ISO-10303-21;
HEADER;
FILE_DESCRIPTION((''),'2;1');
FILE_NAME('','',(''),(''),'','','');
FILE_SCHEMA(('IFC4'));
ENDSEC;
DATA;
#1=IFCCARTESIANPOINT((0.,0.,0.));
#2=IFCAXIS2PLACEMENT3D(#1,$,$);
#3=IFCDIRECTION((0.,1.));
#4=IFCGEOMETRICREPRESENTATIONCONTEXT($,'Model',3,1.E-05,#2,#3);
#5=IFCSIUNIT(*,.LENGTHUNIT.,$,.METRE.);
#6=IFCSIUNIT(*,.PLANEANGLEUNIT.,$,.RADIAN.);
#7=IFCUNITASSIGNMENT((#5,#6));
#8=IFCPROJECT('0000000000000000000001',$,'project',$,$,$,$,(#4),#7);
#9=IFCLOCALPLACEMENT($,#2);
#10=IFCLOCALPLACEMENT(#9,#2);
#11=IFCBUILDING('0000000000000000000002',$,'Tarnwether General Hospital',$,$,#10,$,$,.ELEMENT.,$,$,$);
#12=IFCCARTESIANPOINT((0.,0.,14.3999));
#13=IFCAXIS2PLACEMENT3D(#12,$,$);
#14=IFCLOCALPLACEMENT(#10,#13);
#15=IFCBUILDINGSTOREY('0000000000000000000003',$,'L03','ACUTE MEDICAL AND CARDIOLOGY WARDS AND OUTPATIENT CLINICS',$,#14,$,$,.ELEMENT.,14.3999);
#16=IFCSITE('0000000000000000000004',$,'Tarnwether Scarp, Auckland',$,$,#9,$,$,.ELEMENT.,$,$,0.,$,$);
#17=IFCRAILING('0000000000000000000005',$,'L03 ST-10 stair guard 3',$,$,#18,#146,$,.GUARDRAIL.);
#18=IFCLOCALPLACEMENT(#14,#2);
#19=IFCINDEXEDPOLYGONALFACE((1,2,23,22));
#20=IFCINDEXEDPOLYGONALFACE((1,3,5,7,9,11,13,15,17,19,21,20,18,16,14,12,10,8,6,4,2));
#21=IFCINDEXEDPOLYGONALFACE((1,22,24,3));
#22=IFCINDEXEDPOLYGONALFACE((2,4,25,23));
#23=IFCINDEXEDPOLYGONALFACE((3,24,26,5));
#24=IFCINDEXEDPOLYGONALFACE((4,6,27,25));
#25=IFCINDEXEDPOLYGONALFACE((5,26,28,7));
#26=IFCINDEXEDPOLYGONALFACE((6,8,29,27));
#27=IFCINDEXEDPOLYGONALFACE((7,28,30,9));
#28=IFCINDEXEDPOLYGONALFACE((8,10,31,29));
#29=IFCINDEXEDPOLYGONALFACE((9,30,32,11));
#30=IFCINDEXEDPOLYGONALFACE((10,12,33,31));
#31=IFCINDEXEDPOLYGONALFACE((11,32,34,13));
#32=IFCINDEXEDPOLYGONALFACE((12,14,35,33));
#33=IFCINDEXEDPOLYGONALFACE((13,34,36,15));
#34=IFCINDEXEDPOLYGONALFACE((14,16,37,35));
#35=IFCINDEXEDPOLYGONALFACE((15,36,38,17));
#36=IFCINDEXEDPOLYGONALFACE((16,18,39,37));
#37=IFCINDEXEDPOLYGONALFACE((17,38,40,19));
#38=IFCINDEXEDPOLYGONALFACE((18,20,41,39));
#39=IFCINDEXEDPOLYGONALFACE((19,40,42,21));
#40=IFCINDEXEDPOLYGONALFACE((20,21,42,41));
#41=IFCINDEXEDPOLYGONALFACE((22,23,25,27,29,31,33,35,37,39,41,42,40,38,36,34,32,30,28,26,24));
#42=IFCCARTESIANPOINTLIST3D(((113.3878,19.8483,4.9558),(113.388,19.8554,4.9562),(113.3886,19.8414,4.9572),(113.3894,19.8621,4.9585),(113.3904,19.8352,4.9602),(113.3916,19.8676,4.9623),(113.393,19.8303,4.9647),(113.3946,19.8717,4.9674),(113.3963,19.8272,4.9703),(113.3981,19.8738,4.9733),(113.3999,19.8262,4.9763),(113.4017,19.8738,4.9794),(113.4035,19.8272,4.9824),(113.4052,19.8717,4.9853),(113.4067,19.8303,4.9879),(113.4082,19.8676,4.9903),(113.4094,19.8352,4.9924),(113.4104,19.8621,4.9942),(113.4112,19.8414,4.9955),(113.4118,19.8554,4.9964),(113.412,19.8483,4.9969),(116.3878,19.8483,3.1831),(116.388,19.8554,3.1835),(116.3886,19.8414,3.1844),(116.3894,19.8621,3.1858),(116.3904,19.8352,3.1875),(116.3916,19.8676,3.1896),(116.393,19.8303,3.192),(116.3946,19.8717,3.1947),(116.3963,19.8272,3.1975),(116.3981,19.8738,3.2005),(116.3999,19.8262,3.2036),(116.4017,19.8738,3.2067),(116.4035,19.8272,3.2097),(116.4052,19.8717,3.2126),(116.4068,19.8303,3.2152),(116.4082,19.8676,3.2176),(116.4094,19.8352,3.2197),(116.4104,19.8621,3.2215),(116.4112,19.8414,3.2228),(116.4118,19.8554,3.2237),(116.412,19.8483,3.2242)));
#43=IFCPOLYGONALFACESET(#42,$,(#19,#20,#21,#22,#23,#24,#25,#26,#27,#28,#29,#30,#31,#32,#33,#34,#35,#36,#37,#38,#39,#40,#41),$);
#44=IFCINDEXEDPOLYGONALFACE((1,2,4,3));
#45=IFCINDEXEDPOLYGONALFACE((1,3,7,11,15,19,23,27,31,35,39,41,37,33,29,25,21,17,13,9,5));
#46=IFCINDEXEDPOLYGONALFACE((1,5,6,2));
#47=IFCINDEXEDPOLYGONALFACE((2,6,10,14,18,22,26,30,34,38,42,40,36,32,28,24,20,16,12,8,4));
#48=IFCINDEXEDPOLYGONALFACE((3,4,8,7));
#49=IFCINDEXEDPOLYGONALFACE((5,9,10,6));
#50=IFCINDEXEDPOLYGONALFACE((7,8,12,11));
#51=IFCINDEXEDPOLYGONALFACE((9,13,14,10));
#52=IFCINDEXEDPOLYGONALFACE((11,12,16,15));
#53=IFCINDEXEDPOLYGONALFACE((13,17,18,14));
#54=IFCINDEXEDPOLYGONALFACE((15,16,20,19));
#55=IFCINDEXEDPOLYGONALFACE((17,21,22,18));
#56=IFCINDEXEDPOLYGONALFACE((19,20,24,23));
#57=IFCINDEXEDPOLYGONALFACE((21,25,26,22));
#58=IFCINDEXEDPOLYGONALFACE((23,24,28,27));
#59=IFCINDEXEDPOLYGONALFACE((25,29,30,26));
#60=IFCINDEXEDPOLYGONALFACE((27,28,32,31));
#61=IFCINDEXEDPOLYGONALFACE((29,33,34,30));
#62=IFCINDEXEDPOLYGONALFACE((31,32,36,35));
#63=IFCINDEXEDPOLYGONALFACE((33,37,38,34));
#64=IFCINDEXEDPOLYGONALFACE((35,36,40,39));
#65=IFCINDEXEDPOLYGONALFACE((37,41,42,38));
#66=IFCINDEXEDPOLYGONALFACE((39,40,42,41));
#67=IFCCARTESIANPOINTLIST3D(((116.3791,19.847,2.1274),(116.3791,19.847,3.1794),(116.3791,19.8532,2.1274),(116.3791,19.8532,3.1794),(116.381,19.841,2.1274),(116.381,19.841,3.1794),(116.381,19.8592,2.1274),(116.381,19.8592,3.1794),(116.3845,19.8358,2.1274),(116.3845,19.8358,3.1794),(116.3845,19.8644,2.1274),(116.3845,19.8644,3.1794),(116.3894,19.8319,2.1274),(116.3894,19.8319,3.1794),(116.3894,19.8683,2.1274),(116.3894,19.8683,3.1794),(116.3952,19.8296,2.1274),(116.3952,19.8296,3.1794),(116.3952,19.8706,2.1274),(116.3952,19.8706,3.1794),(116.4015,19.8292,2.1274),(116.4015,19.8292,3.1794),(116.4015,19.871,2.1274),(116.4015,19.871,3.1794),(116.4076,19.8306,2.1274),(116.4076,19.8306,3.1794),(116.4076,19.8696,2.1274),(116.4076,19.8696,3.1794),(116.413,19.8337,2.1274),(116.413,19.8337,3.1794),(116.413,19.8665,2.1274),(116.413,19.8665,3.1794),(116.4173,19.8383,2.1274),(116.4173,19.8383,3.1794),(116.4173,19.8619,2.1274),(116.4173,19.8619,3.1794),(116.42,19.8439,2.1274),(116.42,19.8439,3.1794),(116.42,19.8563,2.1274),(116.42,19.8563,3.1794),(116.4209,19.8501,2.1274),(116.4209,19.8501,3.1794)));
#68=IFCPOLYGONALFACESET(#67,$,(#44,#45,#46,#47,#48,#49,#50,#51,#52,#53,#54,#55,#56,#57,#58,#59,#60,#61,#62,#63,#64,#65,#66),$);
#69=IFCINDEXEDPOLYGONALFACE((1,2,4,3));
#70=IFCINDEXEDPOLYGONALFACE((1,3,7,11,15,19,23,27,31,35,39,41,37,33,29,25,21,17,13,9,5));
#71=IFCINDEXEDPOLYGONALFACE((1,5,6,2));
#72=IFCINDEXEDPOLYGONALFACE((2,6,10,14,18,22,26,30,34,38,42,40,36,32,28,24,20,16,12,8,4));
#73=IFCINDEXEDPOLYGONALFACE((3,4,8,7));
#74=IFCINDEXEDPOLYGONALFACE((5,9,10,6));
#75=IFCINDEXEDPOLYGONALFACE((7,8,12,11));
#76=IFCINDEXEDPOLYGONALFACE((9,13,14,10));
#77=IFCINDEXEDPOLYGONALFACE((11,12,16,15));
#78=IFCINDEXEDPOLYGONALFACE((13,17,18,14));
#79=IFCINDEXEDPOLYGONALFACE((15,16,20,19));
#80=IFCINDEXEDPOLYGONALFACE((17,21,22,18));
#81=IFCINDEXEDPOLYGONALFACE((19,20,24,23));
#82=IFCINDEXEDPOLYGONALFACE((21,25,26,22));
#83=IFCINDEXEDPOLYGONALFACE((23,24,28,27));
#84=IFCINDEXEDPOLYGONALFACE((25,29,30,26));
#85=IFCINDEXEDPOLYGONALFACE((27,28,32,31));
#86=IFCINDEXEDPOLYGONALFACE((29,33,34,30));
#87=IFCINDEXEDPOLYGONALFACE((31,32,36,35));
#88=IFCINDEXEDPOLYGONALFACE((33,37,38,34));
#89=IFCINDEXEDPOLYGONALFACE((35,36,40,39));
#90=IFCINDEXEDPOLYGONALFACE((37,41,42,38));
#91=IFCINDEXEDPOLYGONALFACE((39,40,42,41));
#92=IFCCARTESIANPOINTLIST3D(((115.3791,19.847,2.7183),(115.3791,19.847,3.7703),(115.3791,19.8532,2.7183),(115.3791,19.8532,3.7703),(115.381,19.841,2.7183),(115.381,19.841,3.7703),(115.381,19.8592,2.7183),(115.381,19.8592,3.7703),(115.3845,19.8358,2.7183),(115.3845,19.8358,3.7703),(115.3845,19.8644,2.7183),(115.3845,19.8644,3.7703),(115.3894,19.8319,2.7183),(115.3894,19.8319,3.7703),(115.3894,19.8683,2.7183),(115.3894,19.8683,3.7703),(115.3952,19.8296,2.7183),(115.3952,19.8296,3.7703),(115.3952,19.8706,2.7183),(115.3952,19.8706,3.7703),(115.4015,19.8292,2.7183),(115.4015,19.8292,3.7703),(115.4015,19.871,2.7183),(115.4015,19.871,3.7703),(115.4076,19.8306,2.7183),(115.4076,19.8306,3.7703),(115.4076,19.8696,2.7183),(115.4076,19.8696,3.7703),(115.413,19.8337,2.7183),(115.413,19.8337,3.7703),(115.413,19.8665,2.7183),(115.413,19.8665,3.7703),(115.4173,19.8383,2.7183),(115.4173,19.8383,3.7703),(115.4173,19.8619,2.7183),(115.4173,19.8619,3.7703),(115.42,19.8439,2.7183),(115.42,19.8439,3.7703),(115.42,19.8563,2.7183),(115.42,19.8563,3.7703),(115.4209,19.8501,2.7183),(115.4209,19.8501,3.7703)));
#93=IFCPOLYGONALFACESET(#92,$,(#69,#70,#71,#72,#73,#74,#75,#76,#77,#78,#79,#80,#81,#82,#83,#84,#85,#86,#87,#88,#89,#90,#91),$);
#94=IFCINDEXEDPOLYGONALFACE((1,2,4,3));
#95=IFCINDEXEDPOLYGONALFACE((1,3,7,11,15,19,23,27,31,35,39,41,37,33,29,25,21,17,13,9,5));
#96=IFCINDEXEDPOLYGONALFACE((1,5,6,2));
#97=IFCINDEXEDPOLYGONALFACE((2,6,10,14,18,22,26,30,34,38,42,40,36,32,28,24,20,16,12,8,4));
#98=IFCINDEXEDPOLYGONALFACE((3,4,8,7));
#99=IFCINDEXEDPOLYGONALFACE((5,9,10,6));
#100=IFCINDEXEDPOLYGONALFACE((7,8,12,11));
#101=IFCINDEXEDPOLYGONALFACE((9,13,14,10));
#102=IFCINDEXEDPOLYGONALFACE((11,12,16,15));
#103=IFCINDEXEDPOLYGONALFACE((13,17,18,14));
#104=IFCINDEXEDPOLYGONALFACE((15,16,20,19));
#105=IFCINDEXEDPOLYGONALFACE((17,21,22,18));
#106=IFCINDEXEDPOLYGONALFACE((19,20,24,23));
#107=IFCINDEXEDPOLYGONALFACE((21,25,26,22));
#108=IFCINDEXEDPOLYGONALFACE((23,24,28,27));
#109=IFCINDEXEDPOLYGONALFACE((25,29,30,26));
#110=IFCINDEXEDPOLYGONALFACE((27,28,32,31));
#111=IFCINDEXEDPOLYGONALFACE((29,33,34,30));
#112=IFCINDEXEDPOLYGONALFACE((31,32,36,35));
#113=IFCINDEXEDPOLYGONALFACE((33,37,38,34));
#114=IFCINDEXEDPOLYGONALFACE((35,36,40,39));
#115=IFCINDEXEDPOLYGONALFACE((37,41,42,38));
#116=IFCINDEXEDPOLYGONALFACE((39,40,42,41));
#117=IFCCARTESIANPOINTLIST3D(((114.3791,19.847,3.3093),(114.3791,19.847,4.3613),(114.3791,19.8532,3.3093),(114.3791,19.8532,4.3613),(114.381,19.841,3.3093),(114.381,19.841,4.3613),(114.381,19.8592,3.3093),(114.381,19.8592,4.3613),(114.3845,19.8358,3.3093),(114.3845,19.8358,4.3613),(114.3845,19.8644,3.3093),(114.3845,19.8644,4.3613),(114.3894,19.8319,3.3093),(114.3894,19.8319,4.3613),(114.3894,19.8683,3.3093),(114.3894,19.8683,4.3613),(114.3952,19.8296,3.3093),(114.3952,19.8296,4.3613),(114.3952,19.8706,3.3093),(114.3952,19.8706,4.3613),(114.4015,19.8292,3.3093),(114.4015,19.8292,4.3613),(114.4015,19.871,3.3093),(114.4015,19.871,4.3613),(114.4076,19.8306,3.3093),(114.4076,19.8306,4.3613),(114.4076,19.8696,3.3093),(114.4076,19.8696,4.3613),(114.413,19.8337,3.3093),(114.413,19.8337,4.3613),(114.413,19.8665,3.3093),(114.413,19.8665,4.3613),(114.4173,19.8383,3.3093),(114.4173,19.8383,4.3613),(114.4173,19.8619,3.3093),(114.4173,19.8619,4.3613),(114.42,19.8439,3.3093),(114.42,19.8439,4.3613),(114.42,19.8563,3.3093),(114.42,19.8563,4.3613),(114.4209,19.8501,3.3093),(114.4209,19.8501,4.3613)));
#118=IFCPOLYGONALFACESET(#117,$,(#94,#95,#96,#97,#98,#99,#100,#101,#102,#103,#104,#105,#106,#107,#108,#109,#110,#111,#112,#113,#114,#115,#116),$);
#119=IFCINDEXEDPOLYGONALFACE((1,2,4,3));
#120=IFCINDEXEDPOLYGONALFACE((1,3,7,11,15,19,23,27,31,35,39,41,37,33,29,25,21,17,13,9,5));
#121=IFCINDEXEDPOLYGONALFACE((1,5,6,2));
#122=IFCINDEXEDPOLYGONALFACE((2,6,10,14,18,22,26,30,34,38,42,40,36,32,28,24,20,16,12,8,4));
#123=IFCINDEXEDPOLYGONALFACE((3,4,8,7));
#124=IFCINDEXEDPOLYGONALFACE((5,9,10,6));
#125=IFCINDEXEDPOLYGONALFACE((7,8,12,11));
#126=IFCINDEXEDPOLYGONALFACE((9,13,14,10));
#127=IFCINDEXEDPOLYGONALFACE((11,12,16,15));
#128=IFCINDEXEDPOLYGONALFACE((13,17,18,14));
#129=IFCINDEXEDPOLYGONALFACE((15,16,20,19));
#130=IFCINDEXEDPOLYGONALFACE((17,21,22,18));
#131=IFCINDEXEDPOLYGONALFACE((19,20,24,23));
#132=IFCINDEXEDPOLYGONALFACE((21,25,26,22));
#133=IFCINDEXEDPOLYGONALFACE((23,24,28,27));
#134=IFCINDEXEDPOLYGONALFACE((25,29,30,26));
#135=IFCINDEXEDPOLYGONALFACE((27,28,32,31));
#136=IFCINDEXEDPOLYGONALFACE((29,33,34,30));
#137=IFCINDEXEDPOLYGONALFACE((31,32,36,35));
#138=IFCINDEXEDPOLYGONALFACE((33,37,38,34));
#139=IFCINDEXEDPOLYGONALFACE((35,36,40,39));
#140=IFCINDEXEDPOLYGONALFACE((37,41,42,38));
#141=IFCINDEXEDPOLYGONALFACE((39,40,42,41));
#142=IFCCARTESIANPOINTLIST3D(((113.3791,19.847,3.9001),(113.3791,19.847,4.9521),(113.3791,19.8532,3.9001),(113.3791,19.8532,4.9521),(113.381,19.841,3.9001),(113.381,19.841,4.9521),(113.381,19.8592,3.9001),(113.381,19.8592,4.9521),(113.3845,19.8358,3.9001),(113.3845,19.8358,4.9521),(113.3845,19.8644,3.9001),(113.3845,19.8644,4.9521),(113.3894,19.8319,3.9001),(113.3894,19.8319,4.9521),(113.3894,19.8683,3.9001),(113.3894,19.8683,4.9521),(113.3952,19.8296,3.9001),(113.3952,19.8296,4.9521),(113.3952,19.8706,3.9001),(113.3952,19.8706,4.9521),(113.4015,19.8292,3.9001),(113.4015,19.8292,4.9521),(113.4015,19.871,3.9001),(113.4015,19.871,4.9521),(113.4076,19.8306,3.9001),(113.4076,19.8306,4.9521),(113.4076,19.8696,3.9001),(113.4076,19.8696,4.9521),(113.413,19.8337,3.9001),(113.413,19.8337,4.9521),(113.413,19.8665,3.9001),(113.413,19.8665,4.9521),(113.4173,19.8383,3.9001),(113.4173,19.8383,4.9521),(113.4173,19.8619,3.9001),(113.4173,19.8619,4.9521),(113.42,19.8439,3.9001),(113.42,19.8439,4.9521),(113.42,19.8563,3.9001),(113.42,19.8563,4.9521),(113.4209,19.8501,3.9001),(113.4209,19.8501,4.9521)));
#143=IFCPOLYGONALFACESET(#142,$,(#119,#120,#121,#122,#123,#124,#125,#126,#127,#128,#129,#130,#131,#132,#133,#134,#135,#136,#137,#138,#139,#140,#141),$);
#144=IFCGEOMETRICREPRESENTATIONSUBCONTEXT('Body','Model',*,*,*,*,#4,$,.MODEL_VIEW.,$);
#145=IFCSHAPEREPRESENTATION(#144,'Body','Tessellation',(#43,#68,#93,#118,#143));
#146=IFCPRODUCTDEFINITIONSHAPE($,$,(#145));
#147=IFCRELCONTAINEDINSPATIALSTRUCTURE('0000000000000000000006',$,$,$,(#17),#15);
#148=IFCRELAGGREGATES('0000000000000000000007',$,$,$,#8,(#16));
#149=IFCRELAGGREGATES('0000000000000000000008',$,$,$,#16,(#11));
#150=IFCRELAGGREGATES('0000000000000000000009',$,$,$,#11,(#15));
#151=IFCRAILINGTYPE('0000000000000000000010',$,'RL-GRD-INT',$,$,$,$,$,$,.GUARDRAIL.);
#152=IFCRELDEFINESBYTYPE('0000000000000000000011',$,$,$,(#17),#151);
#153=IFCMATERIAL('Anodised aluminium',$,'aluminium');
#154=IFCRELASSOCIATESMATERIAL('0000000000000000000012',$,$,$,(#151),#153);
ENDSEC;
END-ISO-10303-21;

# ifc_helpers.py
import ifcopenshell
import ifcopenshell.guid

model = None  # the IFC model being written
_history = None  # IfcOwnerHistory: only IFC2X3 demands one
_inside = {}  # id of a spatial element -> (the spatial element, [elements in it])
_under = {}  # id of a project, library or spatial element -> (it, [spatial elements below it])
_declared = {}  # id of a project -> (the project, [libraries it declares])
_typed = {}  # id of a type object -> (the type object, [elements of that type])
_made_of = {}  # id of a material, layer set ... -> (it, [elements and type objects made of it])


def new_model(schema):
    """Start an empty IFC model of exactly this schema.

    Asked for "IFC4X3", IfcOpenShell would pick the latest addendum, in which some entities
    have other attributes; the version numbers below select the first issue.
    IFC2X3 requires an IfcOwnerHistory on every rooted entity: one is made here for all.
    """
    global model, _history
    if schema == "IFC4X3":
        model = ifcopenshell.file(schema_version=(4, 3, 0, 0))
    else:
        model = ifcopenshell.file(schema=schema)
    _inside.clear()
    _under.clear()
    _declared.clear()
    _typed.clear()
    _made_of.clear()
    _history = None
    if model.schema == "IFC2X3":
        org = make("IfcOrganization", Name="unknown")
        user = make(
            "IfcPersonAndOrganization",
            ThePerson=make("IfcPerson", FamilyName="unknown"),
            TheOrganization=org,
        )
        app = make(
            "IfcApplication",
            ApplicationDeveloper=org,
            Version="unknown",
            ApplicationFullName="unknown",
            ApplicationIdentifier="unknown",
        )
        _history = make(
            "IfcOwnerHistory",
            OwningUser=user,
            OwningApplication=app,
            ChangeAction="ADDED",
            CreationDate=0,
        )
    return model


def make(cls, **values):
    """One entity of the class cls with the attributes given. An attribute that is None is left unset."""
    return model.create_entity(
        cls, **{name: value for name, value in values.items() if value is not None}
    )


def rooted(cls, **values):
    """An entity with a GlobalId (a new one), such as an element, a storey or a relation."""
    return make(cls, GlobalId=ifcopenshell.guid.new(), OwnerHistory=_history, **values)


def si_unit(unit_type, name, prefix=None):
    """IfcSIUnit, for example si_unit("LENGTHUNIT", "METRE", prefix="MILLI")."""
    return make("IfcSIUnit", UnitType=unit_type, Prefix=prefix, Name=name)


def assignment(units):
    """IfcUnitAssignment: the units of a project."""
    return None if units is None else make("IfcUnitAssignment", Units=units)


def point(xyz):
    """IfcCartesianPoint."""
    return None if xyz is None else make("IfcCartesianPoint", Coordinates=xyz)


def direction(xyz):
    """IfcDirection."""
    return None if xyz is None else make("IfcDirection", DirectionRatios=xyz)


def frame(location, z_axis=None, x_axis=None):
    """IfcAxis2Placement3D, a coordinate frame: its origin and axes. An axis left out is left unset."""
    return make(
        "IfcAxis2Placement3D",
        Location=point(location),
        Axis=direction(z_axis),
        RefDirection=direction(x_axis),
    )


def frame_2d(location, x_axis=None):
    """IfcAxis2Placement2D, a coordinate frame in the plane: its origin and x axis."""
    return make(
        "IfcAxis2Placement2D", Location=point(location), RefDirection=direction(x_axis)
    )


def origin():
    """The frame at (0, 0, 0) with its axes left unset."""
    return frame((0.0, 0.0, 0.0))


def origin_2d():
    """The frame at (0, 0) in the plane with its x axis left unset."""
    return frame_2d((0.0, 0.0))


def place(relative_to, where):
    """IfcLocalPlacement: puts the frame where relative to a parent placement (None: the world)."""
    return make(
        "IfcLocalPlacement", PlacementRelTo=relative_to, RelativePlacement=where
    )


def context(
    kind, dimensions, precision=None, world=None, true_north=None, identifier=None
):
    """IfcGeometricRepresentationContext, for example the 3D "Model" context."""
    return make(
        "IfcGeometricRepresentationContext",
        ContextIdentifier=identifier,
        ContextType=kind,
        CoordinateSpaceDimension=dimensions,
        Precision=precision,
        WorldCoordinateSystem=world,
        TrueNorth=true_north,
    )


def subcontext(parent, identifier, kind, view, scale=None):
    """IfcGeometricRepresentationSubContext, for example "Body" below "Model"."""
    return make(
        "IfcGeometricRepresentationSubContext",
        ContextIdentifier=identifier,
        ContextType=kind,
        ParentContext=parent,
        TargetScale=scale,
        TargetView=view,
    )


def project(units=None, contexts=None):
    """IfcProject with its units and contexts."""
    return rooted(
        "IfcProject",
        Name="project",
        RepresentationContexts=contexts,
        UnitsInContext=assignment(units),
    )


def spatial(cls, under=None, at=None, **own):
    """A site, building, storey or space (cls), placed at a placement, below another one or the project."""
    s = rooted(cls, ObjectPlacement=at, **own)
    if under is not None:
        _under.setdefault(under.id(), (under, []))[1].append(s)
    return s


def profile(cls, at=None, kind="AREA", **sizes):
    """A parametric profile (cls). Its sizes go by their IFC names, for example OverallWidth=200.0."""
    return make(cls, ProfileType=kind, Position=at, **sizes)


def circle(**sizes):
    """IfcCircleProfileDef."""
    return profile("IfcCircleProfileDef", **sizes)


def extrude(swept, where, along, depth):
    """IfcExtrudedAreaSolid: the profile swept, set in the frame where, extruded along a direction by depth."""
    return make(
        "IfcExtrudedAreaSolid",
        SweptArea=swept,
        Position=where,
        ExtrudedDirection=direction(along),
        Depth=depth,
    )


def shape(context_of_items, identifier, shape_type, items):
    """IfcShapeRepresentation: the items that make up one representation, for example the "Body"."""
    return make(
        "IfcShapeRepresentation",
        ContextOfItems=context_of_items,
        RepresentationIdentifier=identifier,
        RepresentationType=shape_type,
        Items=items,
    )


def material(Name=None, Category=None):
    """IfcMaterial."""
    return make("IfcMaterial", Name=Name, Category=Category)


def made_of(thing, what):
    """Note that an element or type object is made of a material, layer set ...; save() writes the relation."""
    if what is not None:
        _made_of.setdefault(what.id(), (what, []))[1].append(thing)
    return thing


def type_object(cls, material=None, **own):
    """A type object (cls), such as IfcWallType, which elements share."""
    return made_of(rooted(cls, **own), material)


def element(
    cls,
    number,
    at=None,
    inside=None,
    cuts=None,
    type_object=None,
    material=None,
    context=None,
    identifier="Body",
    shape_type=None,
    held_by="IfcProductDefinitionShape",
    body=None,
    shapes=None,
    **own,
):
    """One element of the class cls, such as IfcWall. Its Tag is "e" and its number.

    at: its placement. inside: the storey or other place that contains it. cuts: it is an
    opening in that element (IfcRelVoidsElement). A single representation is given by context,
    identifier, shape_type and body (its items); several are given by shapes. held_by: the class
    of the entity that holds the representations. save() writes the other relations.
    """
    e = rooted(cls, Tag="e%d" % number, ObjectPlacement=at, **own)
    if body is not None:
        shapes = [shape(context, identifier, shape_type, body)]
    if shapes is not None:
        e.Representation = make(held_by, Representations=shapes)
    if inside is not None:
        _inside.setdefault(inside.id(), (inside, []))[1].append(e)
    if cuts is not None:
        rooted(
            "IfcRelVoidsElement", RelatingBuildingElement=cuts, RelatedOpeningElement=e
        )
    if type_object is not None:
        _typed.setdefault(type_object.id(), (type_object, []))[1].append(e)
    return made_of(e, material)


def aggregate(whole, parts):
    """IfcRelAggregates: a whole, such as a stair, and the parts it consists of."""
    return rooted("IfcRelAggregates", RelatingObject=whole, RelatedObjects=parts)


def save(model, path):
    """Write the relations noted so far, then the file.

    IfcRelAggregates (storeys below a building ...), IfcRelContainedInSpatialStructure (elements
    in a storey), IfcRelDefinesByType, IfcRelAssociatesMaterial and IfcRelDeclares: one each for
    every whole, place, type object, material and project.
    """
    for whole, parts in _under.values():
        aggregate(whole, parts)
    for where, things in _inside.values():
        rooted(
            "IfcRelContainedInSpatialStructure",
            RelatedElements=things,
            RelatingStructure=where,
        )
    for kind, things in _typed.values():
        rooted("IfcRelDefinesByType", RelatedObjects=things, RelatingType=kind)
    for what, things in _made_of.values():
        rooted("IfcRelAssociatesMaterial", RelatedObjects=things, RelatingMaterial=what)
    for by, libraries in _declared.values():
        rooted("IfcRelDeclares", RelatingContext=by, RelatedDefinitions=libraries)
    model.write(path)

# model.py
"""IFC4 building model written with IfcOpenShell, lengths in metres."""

from ifc_helpers import new_model, si_unit, direction, frame, origin, origin_2d, place, context, subcontext, project, spatial, circle, extrude, material, type_object, element, save


model = new_model("IFC4")

# Units and contexts
model_context = context("Model", 3, precision=1e-05, world=origin(), true_north=direction((0.0, 1.0)))
body_context = subcontext(model_context, "Body", "Model", "MODEL_VIEW")
ifc_project = project(units=[si_unit("LENGTHUNIT", "METRE"), si_unit("PLANEANGLEUNIT", "RADIAN")], contexts=[model_context])

# Site, building, storey
site_placement = place(None, origin())
site = spatial("IfcSite", under=ifc_project, at=site_placement, Name="Tarnwether Scarp, Auckland", CompositionType="ELEMENT", RefElevation=0.0)
building_placement = place(site_placement, origin())
building = spatial("IfcBuilding", under=site, at=building_placement, Name="Tarnwether General Hospital", CompositionType="ELEMENT")
storey_placement = place(building_placement, frame((0.0, 0.0, 14.3999)))
storey = spatial("IfcBuildingStorey", under=building, at=storey_placement, Name="L03", Description="ACUTE MEDICAL AND CARDIOLOGY WARDS AND OUTPATIENT CLINICS", CompositionType="ELEMENT", Elevation=14.3999)

# Railing
ifc_material_1 = material(Name="Anodised aluminium", Category="aluminium")
railing_type_1 = type_object("IfcRailingType", Name="RL-GRD-INT", PredefinedType="GUARDRAIL", material=ifc_material_1)
railing_1_placement = place(storey_placement, frame((116.3999, 19.8501, 2.1274)))
element("IfcRailing", 1, at=railing_1_placement, inside=storey, type_object=railing_type_1, Name="L03 ST-10 stair guard 3", PredefinedType="GUARDRAIL", context=body_context, shape_type="SweptSolid", body=[
    extrude(circle(Radius=0.0239, at=origin_2d()), frame((0.0, 0.0, 1.0762), z_axis=(-0.860929, 0.0, 0.508725), x_axis=(0.0, -1.0, 0.0)), (0.0, 0.0, 1.0), 3.4846),
    extrude(circle(Radius=0.021, at=origin_2d()), origin(), (0.0, 0.0, 1.0), 1.052),
    extrude(circle(Radius=0.021, at=origin_2d()), frame((-1.0, 0.0, 0.5908)), (0.0, 0.0, 1.0), 1.052),
    extrude(circle(Radius=0.021, at=origin_2d()), frame((-2.0, 0.0, 1.1819)), (0.0, 0.0, 1.0), 1.052),
    extrude(circle(Radius=0.021, at=origin_2d()), frame((-3.0, 0.0, 1.7727)), (0.0, 0.0, 1.0), 1.052),
])

save(model, "model.ifc")
